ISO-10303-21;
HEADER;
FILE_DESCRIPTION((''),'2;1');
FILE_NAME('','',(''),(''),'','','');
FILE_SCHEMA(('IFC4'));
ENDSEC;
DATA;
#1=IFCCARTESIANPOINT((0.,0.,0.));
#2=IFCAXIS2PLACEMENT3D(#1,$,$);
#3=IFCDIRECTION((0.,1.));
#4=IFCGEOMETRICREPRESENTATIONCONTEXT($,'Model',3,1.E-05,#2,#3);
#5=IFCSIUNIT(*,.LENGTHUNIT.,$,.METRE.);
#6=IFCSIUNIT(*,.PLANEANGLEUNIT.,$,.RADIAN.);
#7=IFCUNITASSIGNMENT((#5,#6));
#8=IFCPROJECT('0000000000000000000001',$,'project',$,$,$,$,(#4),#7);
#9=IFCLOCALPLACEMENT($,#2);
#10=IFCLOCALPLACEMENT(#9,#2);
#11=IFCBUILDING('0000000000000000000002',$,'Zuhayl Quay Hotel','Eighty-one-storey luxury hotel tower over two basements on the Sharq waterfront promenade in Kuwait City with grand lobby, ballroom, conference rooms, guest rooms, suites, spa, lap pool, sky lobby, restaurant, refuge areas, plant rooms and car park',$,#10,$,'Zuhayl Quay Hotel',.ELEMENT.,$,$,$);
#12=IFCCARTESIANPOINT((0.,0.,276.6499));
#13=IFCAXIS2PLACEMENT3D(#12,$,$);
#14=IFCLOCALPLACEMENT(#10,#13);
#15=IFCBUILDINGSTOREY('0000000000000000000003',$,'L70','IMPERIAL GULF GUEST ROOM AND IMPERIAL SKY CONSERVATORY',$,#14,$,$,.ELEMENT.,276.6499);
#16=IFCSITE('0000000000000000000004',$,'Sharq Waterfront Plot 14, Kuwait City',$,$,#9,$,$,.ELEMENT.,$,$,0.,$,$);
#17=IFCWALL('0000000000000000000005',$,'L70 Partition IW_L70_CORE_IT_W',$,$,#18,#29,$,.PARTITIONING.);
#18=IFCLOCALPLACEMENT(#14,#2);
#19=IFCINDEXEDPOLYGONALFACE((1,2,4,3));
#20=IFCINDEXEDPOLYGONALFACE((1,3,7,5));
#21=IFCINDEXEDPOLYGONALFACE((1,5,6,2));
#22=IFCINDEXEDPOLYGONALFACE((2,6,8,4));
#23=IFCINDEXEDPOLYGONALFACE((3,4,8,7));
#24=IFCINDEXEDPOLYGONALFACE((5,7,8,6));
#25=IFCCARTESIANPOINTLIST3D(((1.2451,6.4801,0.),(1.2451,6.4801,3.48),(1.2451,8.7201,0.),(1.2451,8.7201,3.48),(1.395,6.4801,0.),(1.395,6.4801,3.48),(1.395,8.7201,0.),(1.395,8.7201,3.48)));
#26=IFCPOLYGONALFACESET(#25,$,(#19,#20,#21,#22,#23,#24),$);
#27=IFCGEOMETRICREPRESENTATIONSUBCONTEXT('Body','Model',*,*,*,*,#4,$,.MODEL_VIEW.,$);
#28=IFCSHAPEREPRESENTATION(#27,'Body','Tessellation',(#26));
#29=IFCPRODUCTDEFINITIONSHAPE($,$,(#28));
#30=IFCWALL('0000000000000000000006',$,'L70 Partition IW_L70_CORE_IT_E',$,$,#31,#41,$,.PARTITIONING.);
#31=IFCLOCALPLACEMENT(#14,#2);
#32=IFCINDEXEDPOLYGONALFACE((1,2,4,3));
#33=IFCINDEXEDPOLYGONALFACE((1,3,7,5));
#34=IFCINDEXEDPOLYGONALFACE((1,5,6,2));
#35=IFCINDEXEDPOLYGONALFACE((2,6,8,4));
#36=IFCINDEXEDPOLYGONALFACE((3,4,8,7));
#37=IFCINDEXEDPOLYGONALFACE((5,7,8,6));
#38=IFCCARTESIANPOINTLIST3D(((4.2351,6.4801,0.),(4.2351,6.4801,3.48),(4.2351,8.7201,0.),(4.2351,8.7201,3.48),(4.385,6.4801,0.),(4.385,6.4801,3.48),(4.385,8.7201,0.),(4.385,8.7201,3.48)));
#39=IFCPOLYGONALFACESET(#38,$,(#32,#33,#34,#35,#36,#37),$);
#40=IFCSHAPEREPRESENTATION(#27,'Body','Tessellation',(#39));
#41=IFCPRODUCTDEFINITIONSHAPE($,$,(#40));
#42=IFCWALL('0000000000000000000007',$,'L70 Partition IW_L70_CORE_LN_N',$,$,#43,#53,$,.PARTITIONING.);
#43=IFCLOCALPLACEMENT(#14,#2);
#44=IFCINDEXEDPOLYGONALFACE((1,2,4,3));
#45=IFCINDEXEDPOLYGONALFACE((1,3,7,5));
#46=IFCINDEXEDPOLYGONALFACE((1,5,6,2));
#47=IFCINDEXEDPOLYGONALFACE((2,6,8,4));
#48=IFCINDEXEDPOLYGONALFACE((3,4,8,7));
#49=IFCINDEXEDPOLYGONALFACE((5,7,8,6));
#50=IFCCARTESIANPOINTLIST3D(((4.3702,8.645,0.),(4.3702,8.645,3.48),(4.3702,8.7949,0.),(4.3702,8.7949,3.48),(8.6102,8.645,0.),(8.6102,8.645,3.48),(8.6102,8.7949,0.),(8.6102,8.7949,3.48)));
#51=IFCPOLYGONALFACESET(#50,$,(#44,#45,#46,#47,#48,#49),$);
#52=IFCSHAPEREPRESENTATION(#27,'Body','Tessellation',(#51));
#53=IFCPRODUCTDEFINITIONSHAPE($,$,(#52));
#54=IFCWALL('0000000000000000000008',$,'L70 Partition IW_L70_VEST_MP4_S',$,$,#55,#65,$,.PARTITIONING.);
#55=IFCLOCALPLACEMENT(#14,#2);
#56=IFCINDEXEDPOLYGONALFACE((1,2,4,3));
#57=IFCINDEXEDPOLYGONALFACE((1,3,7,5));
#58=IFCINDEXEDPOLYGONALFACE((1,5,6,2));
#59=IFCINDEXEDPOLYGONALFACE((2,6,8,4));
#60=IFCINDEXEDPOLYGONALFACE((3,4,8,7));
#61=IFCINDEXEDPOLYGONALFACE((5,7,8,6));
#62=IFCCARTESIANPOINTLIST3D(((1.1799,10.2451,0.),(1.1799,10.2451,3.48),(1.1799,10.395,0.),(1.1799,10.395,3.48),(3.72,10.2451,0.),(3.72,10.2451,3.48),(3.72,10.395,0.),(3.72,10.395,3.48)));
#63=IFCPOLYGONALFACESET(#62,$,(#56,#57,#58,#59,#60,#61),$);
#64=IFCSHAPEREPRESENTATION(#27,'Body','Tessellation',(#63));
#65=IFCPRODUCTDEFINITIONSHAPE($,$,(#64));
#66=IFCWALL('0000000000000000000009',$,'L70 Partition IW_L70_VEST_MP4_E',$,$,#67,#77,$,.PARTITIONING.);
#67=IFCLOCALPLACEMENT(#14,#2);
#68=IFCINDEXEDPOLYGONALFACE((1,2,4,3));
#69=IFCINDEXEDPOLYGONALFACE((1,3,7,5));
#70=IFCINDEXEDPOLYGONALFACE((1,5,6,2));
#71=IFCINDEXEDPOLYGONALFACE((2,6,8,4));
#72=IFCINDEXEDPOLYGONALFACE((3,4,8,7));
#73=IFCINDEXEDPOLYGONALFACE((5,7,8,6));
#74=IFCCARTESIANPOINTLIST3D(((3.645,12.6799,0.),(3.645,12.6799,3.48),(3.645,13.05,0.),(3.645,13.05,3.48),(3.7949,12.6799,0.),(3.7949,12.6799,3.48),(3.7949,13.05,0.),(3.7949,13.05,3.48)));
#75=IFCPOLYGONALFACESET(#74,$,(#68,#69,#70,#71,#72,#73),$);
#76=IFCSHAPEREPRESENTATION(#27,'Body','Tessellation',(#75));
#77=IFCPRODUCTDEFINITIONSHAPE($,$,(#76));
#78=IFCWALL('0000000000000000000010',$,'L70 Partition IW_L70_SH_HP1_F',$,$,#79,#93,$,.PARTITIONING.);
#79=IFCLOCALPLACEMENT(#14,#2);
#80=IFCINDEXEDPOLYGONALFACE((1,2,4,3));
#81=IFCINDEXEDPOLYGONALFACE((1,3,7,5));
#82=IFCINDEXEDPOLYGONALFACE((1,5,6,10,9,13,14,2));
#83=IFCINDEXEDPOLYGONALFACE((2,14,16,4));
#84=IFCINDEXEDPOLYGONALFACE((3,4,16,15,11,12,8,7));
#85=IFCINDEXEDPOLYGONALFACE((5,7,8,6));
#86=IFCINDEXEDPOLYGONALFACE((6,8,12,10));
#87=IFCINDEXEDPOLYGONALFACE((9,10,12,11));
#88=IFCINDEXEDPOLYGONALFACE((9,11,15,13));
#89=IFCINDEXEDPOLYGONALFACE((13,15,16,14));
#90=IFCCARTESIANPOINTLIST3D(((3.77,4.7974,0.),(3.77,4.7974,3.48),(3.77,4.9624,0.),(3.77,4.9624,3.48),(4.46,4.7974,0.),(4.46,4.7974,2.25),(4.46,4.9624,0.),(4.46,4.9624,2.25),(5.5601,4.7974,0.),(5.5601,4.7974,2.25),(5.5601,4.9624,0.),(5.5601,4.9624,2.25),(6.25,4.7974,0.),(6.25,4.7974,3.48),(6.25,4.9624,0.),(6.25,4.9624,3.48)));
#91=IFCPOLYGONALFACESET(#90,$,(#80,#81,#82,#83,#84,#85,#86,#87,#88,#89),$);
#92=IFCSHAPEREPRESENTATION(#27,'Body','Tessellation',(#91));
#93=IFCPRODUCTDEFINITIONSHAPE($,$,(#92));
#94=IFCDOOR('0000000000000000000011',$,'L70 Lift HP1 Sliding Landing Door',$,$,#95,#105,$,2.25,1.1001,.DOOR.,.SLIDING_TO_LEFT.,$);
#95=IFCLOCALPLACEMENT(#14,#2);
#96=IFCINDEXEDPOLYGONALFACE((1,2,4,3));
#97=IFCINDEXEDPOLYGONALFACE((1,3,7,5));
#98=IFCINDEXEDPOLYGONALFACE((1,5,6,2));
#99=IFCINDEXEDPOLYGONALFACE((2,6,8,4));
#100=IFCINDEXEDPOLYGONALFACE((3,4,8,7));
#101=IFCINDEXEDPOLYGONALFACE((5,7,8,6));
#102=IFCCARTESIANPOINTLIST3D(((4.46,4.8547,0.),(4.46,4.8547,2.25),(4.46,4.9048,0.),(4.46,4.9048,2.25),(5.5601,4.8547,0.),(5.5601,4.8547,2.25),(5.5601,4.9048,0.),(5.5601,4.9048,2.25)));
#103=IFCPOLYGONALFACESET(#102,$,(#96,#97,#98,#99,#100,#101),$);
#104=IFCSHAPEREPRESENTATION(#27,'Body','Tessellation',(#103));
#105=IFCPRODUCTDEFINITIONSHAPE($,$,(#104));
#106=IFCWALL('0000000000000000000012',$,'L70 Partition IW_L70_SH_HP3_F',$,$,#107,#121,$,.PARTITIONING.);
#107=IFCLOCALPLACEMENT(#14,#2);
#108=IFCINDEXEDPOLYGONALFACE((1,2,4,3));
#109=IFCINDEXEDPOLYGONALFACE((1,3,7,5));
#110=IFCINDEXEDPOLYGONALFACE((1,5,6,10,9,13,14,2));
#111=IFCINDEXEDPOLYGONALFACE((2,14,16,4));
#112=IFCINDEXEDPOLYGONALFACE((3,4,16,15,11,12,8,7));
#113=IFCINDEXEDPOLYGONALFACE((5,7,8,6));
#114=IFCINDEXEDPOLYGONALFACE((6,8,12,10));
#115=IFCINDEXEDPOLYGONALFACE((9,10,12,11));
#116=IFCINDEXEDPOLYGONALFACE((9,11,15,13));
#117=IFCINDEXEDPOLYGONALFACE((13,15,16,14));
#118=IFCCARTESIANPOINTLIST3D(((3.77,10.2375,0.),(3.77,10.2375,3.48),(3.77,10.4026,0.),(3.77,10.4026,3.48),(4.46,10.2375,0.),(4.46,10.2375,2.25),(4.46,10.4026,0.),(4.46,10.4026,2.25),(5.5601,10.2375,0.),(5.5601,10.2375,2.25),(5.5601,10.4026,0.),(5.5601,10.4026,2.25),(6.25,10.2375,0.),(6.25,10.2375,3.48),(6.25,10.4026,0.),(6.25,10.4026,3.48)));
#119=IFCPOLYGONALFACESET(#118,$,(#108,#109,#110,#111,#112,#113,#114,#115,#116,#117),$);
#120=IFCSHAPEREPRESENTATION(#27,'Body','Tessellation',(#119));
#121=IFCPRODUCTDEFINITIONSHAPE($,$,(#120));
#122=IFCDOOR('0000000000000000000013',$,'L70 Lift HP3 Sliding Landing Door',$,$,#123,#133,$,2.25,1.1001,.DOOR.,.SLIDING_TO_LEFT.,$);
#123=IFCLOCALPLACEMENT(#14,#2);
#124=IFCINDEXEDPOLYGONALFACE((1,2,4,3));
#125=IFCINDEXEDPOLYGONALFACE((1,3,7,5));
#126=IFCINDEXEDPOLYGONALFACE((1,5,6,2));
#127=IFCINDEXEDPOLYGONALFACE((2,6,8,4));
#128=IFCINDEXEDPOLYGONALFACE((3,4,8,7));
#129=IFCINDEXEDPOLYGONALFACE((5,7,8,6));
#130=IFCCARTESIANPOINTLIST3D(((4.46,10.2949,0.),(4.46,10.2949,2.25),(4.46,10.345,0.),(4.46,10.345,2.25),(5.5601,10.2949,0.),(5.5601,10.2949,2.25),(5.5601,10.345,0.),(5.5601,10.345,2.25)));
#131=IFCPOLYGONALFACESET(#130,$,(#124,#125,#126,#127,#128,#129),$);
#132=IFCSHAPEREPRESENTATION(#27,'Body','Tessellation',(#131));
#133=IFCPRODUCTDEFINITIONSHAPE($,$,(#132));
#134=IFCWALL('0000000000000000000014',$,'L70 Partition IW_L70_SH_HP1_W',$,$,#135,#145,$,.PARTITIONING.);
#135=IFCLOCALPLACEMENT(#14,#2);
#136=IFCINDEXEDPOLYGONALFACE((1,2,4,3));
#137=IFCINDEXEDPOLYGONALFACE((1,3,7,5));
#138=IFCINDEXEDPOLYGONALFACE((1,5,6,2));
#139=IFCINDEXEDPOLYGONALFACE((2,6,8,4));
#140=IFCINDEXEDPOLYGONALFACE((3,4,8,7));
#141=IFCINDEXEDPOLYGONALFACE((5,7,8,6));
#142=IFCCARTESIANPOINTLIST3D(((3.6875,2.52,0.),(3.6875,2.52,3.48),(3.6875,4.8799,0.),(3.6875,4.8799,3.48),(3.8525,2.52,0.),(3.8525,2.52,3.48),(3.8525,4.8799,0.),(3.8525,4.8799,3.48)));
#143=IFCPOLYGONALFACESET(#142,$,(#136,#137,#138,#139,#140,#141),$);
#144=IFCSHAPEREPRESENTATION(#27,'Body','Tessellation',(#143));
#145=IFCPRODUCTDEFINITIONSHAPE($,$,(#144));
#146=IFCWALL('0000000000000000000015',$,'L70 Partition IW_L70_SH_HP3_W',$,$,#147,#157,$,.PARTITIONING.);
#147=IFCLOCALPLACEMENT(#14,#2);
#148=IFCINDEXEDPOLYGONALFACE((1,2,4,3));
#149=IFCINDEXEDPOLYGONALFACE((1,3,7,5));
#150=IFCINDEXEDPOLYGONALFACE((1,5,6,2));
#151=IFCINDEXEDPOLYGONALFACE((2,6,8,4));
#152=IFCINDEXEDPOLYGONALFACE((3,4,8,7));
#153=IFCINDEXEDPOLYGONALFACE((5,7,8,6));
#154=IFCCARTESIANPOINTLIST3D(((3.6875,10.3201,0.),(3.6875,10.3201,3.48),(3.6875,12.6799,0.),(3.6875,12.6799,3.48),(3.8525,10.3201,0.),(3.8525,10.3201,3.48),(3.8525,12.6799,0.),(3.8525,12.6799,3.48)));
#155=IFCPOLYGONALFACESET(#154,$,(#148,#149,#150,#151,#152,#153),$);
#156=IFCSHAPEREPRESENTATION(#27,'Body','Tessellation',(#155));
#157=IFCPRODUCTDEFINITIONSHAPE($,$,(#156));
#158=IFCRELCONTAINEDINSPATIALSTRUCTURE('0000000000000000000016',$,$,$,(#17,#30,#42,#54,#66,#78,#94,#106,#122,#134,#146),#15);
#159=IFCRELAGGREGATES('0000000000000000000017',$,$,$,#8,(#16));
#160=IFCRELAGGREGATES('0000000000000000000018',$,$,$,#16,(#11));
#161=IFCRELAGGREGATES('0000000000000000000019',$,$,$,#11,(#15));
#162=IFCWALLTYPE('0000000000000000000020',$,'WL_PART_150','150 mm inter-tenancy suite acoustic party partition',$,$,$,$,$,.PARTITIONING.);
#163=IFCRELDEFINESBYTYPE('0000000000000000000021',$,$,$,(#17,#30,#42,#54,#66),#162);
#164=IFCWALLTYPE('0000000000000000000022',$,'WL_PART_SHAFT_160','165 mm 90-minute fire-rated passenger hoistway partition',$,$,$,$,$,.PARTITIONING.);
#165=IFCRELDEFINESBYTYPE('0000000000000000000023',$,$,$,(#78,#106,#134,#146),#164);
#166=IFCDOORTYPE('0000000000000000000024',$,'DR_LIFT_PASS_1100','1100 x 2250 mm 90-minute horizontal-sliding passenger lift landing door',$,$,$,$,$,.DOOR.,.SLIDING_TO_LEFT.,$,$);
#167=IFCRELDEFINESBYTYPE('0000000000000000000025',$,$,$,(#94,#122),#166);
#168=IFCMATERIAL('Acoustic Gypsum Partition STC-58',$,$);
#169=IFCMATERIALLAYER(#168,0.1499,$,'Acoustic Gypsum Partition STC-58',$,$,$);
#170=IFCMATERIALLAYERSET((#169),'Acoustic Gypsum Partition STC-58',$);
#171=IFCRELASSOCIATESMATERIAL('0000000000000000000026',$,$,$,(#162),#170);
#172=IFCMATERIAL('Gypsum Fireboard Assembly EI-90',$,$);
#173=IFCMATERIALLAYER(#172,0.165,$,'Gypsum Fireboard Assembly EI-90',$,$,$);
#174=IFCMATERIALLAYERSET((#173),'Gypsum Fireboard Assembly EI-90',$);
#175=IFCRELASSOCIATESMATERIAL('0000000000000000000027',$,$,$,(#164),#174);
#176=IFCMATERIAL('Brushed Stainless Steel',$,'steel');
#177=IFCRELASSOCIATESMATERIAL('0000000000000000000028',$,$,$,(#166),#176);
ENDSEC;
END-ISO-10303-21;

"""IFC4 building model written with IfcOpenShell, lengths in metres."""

from ifc_helpers import new_model, si_unit, direction, frame, frame_2d, origin, place, context, subcontext, project, spatial, rectangle, extrude, material, layer, layer_set, type_object, element, fill, save


model = new_model("IFC4")

# Units and contexts
model_context = context("Model", 3, precision=1e-05, world=origin(), true_north=direction((0.0, 1.0)))
body_context = subcontext(model_context, "Body", "Model", "MODEL_VIEW")
ifc_project = project(units=[si_unit("LENGTHUNIT", "METRE"), si_unit("PLANEANGLEUNIT", "RADIAN")], contexts=[model_context])

# Site, building, storey
site_placement = place(None, origin())
site = spatial("IfcSite", under=ifc_project, at=site_placement, Name="Sharq Waterfront Plot 14, Kuwait City", CompositionType="ELEMENT", RefElevation=0.0)
building_placement = place(site_placement, origin())
building = spatial("IfcBuilding", under=site, at=building_placement, Name="Zuhayl Quay Hotel", Description="Eighty-one-storey luxury hotel tower over two basements on the Sharq waterfront promenade in Kuwait City with grand lobby, ballroom, conference rooms, guest rooms, suites, spa, lap pool, sky lobby, restaurant, refuge areas, plant rooms and car park", LongName="Zuhayl Quay Hotel", CompositionType="ELEMENT")
storey_placement = place(building_placement, frame((0.0, 0.0, 276.6499)))
storey = spatial("IfcBuildingStorey", under=building, at=storey_placement, Name="L70", Description="IMPERIAL GULF GUEST ROOM AND IMPERIAL SKY CONSERVATORY", CompositionType="ELEMENT", Elevation=276.6499)

# Shared definitions
ifc_material_1 = material(Name="Acoustic Gypsum Partition STC-58")
ifc_layer_1 = layer(ifc_material_1, 0.1499, Name="Acoustic Gypsum Partition STC-58")
ifc_layer_set_1 = layer_set([ifc_layer_1], Name="Acoustic Gypsum Partition STC-58")
wall_type_1 = type_object("IfcWallType", Name="WL_PART_150", Description="150 mm inter-tenancy suite acoustic party partition", PredefinedType="PARTITIONING", material=ifc_layer_set_1)

# Walls
for number, where, z_axis, x_axis, name in (
    (1, (1.3201, 6.48, 0.0), (0.0, 0.0, 1.0), (0.0, 1.0, 0.0), "L70 Partition IW_L70_CORE_IT_W"),
    (2, (4.3101, 6.48, 0.0), (0.0, 0.0, 1.0), (0.0, 1.0, 0.0), "L70 Partition IW_L70_CORE_IT_E"),
):
    element("IfcWall", number, at=place(storey_placement, frame(where, z_axis=z_axis, x_axis=x_axis)), inside=storey, type_object=wall_type_1, Name=name, PredefinedType="PARTITIONING", context=body_context, shape_type="SweptSolid", body=[
        extrude(rectangle(XDim=2.24, YDim=0.1499, at=frame_2d((1.1201, 0.0))), origin(), (0.0, 0.0, 1.0), 3.48),
    ])
wall_1_placement = place(storey_placement, frame((4.3701, 8.72, 0.0), z_axis=(0.0, 0.0, 1.0), x_axis=(1.0, 0.0, 0.0)))
element("IfcWall", 3, at=wall_1_placement, inside=storey, type_object=wall_type_1, Name="L70 Partition IW_L70_CORE_LN_N", PredefinedType="PARTITIONING", context=body_context, shape_type="SweptSolid", body=[
    extrude(rectangle(XDim=4.24, YDim=0.1499, at=frame_2d((2.1201, 0.0))), origin(), (0.0, 0.0, 1.0), 3.48),
])
wall_2_placement = place(storey_placement, frame((1.1799, 10.3201, 0.0), z_axis=(0.0, 0.0, 1.0), x_axis=(1.0, 0.0, 0.0)))
element("IfcWall", 4, at=wall_2_placement, inside=storey, type_object=wall_type_1, Name="L70 Partition IW_L70_VEST_MP4_S", PredefinedType="PARTITIONING", context=body_context, shape_type="SweptSolid", body=[
    extrude(rectangle(XDim=2.54, YDim=0.1499, at=frame_2d((1.27, 0.0))), origin(), (0.0, 0.0, 1.0), 3.48),
])
wall_3_placement = place(storey_placement, frame((3.72, 12.6799, 0.0), z_axis=(0.0, 0.0, 1.0), x_axis=(0.0, 1.0, 0.0)))
element("IfcWall", 5, at=wall_3_placement, inside=storey, type_object=wall_type_1, Name="L70 Partition IW_L70_VEST_MP4_E", PredefinedType="PARTITIONING", context=body_context, shape_type="SweptSolid", body=[
    extrude(rectangle(XDim=0.3701, YDim=0.1499, at=frame_2d((0.1851, 0.0))), origin(), (0.0, 0.0, 1.0), 3.48),
])

# Walls, openings, doors
ifc_material_2 = material(Name="Gypsum Fireboard Assembly EI-90")
ifc_layer_2 = layer(ifc_material_2, 0.165, Name="Gypsum Fireboard Assembly EI-90")
ifc_layer_set_2 = layer_set([ifc_layer_2], Name="Gypsum Fireboard Assembly EI-90")
wall_type_2 = type_object("IfcWallType", Name="WL_PART_SHAFT_160", Description="165 mm 90-minute fire-rated passenger hoistway partition", PredefinedType="PARTITIONING", material=ifc_layer_set_2)
wall_4_placement = place(storey_placement, frame((3.77, 4.8799, 0.0), z_axis=(0.0, 0.0, 1.0), x_axis=(1.0, 0.0, 0.0)))
wall_4 = element("IfcWall", 6, at=wall_4_placement, inside=storey, type_object=wall_type_2, Name="L70 Partition IW_L70_SH_HP1_F", PredefinedType="PARTITIONING", context=body_context, shape_type="SweptSolid", body=[
    extrude(rectangle(XDim=2.48, YDim=0.165, at=frame_2d((1.24, 0.0))), origin(), (0.0, 0.0, 1.0), 3.48),
])
opening_1_placement = place(wall_4_placement, frame((0.6899, 0.0, 0.0)))
opening_1 = element("IfcOpeningElement", 7, at=opening_1_placement, cuts=wall_4, PredefinedType="OPENING", context=body_context, shape_type="SweptSolid", body=[
    extrude(rectangle(XDim=1.1001, YDim=2.25, at=frame_2d((0.55, 1.125))), frame((0.0, 0.0925, 0.0), z_axis=(0.0, -1.0, 0.0), x_axis=(1.0, 0.0, 0.0)), (0.0, 0.0, 1.0), 0.1851),
])
ifc_material_3 = material(Name="Brushed Stainless Steel", Category="steel")
door_type_1 = type_object("IfcDoorType", Name="DR_LIFT_PASS_1100", Description="1100 x 2250 mm 90-minute horizontal-sliding passenger lift landing door", OperationType="SLIDING_TO_LEFT", PredefinedType="DOOR", material=ifc_material_3)
door_1_placement = place(opening_1_placement, origin())
door_1 = element("IfcDoor", 8, at=door_1_placement, inside=storey, type_object=door_type_1, Name="L70 Lift HP1 Sliding Landing Door", OperationType="SLIDING_TO_LEFT", OverallHeight=2.25, OverallWidth=1.1001, PredefinedType="DOOR", context=body_context, shape_type="SweptSolid", body=[
    extrude(rectangle(XDim=1.1001, YDim=2.25, at=frame_2d((0.55, 1.125))), frame((0.0, 0.0249, 0.0), z_axis=(0.0, -1.0, 0.0), x_axis=(1.0, 0.0, 0.0)), (0.0, 0.0, 1.0), 0.05),
])
fill(opening_1, door_1)
wall_5_placement = place(storey_placement, frame((3.77, 10.3201, 0.0), z_axis=(0.0, 0.0, 1.0), x_axis=(1.0, 0.0, 0.0)))
wall_5 = element("IfcWall", 9, at=wall_5_placement, inside=storey, type_object=wall_type_2, Name="L70 Partition IW_L70_SH_HP3_F", PredefinedType="PARTITIONING", context=body_context, shape_type="SweptSolid", body=[
    extrude(rectangle(XDim=2.48, YDim=0.165, at=frame_2d((1.24, 0.0))), origin(), (0.0, 0.0, 1.0), 3.48),
])
opening_2_placement = place(wall_5_placement, frame((0.6899, 0.0, 0.0)))
opening_2 = element("IfcOpeningElement", 10, at=opening_2_placement, cuts=wall_5, PredefinedType="OPENING", context=body_context, shape_type="SweptSolid", body=[
    extrude(rectangle(XDim=1.1001, YDim=2.25, at=frame_2d((0.55, 1.125))), frame((0.0, 0.0925, 0.0), z_axis=(0.0, -1.0, 0.0), x_axis=(1.0, 0.0, 0.0)), (0.0, 0.0, 1.0), 0.1851),
])
door_2_placement = place(opening_2_placement, origin())
door_2 = element("IfcDoor", 11, at=door_2_placement, inside=storey, type_object=door_type_1, Name="L70 Lift HP3 Sliding Landing Door", OperationType="SLIDING_TO_LEFT", OverallHeight=2.25, OverallWidth=1.1001, PredefinedType="DOOR", context=body_context, shape_type="SweptSolid", body=[
    extrude(rectangle(XDim=1.1001, YDim=2.25, at=frame_2d((0.55, 1.125))), frame((0.0, 0.0249, 0.0), z_axis=(0.0, -1.0, 0.0), x_axis=(1.0, 0.0, 0.0)), (0.0, 0.0, 1.0), 0.05),
])
fill(opening_2, door_2)

# Walls
for number, where, z_axis, x_axis, name in (
    (12, (3.77, 2.52, 0.0), (0.0, 0.0, 1.0), (0.0, 1.0, 0.0), "L70 Partition IW_L70_SH_HP1_W"),
    (13, (3.77, 10.3201, 0.0), (0.0, 0.0, 1.0), (0.0, 1.0, 0.0), "L70 Partition IW_L70_SH_HP3_W"),
):
    element("IfcWall", number, at=place(storey_placement, frame(where, z_axis=z_axis, x_axis=x_axis)), inside=storey, type_object=wall_type_2, Name=name, PredefinedType="PARTITIONING", context=body_context, shape_type="SweptSolid", body=[
        extrude(rectangle(XDim=2.3599, YDim=0.165, at=frame_2d((1.1799, 0.0))), origin(), (0.0, 0.0, 1.0), 3.48),
    ])

save(model, "model.ifc")
